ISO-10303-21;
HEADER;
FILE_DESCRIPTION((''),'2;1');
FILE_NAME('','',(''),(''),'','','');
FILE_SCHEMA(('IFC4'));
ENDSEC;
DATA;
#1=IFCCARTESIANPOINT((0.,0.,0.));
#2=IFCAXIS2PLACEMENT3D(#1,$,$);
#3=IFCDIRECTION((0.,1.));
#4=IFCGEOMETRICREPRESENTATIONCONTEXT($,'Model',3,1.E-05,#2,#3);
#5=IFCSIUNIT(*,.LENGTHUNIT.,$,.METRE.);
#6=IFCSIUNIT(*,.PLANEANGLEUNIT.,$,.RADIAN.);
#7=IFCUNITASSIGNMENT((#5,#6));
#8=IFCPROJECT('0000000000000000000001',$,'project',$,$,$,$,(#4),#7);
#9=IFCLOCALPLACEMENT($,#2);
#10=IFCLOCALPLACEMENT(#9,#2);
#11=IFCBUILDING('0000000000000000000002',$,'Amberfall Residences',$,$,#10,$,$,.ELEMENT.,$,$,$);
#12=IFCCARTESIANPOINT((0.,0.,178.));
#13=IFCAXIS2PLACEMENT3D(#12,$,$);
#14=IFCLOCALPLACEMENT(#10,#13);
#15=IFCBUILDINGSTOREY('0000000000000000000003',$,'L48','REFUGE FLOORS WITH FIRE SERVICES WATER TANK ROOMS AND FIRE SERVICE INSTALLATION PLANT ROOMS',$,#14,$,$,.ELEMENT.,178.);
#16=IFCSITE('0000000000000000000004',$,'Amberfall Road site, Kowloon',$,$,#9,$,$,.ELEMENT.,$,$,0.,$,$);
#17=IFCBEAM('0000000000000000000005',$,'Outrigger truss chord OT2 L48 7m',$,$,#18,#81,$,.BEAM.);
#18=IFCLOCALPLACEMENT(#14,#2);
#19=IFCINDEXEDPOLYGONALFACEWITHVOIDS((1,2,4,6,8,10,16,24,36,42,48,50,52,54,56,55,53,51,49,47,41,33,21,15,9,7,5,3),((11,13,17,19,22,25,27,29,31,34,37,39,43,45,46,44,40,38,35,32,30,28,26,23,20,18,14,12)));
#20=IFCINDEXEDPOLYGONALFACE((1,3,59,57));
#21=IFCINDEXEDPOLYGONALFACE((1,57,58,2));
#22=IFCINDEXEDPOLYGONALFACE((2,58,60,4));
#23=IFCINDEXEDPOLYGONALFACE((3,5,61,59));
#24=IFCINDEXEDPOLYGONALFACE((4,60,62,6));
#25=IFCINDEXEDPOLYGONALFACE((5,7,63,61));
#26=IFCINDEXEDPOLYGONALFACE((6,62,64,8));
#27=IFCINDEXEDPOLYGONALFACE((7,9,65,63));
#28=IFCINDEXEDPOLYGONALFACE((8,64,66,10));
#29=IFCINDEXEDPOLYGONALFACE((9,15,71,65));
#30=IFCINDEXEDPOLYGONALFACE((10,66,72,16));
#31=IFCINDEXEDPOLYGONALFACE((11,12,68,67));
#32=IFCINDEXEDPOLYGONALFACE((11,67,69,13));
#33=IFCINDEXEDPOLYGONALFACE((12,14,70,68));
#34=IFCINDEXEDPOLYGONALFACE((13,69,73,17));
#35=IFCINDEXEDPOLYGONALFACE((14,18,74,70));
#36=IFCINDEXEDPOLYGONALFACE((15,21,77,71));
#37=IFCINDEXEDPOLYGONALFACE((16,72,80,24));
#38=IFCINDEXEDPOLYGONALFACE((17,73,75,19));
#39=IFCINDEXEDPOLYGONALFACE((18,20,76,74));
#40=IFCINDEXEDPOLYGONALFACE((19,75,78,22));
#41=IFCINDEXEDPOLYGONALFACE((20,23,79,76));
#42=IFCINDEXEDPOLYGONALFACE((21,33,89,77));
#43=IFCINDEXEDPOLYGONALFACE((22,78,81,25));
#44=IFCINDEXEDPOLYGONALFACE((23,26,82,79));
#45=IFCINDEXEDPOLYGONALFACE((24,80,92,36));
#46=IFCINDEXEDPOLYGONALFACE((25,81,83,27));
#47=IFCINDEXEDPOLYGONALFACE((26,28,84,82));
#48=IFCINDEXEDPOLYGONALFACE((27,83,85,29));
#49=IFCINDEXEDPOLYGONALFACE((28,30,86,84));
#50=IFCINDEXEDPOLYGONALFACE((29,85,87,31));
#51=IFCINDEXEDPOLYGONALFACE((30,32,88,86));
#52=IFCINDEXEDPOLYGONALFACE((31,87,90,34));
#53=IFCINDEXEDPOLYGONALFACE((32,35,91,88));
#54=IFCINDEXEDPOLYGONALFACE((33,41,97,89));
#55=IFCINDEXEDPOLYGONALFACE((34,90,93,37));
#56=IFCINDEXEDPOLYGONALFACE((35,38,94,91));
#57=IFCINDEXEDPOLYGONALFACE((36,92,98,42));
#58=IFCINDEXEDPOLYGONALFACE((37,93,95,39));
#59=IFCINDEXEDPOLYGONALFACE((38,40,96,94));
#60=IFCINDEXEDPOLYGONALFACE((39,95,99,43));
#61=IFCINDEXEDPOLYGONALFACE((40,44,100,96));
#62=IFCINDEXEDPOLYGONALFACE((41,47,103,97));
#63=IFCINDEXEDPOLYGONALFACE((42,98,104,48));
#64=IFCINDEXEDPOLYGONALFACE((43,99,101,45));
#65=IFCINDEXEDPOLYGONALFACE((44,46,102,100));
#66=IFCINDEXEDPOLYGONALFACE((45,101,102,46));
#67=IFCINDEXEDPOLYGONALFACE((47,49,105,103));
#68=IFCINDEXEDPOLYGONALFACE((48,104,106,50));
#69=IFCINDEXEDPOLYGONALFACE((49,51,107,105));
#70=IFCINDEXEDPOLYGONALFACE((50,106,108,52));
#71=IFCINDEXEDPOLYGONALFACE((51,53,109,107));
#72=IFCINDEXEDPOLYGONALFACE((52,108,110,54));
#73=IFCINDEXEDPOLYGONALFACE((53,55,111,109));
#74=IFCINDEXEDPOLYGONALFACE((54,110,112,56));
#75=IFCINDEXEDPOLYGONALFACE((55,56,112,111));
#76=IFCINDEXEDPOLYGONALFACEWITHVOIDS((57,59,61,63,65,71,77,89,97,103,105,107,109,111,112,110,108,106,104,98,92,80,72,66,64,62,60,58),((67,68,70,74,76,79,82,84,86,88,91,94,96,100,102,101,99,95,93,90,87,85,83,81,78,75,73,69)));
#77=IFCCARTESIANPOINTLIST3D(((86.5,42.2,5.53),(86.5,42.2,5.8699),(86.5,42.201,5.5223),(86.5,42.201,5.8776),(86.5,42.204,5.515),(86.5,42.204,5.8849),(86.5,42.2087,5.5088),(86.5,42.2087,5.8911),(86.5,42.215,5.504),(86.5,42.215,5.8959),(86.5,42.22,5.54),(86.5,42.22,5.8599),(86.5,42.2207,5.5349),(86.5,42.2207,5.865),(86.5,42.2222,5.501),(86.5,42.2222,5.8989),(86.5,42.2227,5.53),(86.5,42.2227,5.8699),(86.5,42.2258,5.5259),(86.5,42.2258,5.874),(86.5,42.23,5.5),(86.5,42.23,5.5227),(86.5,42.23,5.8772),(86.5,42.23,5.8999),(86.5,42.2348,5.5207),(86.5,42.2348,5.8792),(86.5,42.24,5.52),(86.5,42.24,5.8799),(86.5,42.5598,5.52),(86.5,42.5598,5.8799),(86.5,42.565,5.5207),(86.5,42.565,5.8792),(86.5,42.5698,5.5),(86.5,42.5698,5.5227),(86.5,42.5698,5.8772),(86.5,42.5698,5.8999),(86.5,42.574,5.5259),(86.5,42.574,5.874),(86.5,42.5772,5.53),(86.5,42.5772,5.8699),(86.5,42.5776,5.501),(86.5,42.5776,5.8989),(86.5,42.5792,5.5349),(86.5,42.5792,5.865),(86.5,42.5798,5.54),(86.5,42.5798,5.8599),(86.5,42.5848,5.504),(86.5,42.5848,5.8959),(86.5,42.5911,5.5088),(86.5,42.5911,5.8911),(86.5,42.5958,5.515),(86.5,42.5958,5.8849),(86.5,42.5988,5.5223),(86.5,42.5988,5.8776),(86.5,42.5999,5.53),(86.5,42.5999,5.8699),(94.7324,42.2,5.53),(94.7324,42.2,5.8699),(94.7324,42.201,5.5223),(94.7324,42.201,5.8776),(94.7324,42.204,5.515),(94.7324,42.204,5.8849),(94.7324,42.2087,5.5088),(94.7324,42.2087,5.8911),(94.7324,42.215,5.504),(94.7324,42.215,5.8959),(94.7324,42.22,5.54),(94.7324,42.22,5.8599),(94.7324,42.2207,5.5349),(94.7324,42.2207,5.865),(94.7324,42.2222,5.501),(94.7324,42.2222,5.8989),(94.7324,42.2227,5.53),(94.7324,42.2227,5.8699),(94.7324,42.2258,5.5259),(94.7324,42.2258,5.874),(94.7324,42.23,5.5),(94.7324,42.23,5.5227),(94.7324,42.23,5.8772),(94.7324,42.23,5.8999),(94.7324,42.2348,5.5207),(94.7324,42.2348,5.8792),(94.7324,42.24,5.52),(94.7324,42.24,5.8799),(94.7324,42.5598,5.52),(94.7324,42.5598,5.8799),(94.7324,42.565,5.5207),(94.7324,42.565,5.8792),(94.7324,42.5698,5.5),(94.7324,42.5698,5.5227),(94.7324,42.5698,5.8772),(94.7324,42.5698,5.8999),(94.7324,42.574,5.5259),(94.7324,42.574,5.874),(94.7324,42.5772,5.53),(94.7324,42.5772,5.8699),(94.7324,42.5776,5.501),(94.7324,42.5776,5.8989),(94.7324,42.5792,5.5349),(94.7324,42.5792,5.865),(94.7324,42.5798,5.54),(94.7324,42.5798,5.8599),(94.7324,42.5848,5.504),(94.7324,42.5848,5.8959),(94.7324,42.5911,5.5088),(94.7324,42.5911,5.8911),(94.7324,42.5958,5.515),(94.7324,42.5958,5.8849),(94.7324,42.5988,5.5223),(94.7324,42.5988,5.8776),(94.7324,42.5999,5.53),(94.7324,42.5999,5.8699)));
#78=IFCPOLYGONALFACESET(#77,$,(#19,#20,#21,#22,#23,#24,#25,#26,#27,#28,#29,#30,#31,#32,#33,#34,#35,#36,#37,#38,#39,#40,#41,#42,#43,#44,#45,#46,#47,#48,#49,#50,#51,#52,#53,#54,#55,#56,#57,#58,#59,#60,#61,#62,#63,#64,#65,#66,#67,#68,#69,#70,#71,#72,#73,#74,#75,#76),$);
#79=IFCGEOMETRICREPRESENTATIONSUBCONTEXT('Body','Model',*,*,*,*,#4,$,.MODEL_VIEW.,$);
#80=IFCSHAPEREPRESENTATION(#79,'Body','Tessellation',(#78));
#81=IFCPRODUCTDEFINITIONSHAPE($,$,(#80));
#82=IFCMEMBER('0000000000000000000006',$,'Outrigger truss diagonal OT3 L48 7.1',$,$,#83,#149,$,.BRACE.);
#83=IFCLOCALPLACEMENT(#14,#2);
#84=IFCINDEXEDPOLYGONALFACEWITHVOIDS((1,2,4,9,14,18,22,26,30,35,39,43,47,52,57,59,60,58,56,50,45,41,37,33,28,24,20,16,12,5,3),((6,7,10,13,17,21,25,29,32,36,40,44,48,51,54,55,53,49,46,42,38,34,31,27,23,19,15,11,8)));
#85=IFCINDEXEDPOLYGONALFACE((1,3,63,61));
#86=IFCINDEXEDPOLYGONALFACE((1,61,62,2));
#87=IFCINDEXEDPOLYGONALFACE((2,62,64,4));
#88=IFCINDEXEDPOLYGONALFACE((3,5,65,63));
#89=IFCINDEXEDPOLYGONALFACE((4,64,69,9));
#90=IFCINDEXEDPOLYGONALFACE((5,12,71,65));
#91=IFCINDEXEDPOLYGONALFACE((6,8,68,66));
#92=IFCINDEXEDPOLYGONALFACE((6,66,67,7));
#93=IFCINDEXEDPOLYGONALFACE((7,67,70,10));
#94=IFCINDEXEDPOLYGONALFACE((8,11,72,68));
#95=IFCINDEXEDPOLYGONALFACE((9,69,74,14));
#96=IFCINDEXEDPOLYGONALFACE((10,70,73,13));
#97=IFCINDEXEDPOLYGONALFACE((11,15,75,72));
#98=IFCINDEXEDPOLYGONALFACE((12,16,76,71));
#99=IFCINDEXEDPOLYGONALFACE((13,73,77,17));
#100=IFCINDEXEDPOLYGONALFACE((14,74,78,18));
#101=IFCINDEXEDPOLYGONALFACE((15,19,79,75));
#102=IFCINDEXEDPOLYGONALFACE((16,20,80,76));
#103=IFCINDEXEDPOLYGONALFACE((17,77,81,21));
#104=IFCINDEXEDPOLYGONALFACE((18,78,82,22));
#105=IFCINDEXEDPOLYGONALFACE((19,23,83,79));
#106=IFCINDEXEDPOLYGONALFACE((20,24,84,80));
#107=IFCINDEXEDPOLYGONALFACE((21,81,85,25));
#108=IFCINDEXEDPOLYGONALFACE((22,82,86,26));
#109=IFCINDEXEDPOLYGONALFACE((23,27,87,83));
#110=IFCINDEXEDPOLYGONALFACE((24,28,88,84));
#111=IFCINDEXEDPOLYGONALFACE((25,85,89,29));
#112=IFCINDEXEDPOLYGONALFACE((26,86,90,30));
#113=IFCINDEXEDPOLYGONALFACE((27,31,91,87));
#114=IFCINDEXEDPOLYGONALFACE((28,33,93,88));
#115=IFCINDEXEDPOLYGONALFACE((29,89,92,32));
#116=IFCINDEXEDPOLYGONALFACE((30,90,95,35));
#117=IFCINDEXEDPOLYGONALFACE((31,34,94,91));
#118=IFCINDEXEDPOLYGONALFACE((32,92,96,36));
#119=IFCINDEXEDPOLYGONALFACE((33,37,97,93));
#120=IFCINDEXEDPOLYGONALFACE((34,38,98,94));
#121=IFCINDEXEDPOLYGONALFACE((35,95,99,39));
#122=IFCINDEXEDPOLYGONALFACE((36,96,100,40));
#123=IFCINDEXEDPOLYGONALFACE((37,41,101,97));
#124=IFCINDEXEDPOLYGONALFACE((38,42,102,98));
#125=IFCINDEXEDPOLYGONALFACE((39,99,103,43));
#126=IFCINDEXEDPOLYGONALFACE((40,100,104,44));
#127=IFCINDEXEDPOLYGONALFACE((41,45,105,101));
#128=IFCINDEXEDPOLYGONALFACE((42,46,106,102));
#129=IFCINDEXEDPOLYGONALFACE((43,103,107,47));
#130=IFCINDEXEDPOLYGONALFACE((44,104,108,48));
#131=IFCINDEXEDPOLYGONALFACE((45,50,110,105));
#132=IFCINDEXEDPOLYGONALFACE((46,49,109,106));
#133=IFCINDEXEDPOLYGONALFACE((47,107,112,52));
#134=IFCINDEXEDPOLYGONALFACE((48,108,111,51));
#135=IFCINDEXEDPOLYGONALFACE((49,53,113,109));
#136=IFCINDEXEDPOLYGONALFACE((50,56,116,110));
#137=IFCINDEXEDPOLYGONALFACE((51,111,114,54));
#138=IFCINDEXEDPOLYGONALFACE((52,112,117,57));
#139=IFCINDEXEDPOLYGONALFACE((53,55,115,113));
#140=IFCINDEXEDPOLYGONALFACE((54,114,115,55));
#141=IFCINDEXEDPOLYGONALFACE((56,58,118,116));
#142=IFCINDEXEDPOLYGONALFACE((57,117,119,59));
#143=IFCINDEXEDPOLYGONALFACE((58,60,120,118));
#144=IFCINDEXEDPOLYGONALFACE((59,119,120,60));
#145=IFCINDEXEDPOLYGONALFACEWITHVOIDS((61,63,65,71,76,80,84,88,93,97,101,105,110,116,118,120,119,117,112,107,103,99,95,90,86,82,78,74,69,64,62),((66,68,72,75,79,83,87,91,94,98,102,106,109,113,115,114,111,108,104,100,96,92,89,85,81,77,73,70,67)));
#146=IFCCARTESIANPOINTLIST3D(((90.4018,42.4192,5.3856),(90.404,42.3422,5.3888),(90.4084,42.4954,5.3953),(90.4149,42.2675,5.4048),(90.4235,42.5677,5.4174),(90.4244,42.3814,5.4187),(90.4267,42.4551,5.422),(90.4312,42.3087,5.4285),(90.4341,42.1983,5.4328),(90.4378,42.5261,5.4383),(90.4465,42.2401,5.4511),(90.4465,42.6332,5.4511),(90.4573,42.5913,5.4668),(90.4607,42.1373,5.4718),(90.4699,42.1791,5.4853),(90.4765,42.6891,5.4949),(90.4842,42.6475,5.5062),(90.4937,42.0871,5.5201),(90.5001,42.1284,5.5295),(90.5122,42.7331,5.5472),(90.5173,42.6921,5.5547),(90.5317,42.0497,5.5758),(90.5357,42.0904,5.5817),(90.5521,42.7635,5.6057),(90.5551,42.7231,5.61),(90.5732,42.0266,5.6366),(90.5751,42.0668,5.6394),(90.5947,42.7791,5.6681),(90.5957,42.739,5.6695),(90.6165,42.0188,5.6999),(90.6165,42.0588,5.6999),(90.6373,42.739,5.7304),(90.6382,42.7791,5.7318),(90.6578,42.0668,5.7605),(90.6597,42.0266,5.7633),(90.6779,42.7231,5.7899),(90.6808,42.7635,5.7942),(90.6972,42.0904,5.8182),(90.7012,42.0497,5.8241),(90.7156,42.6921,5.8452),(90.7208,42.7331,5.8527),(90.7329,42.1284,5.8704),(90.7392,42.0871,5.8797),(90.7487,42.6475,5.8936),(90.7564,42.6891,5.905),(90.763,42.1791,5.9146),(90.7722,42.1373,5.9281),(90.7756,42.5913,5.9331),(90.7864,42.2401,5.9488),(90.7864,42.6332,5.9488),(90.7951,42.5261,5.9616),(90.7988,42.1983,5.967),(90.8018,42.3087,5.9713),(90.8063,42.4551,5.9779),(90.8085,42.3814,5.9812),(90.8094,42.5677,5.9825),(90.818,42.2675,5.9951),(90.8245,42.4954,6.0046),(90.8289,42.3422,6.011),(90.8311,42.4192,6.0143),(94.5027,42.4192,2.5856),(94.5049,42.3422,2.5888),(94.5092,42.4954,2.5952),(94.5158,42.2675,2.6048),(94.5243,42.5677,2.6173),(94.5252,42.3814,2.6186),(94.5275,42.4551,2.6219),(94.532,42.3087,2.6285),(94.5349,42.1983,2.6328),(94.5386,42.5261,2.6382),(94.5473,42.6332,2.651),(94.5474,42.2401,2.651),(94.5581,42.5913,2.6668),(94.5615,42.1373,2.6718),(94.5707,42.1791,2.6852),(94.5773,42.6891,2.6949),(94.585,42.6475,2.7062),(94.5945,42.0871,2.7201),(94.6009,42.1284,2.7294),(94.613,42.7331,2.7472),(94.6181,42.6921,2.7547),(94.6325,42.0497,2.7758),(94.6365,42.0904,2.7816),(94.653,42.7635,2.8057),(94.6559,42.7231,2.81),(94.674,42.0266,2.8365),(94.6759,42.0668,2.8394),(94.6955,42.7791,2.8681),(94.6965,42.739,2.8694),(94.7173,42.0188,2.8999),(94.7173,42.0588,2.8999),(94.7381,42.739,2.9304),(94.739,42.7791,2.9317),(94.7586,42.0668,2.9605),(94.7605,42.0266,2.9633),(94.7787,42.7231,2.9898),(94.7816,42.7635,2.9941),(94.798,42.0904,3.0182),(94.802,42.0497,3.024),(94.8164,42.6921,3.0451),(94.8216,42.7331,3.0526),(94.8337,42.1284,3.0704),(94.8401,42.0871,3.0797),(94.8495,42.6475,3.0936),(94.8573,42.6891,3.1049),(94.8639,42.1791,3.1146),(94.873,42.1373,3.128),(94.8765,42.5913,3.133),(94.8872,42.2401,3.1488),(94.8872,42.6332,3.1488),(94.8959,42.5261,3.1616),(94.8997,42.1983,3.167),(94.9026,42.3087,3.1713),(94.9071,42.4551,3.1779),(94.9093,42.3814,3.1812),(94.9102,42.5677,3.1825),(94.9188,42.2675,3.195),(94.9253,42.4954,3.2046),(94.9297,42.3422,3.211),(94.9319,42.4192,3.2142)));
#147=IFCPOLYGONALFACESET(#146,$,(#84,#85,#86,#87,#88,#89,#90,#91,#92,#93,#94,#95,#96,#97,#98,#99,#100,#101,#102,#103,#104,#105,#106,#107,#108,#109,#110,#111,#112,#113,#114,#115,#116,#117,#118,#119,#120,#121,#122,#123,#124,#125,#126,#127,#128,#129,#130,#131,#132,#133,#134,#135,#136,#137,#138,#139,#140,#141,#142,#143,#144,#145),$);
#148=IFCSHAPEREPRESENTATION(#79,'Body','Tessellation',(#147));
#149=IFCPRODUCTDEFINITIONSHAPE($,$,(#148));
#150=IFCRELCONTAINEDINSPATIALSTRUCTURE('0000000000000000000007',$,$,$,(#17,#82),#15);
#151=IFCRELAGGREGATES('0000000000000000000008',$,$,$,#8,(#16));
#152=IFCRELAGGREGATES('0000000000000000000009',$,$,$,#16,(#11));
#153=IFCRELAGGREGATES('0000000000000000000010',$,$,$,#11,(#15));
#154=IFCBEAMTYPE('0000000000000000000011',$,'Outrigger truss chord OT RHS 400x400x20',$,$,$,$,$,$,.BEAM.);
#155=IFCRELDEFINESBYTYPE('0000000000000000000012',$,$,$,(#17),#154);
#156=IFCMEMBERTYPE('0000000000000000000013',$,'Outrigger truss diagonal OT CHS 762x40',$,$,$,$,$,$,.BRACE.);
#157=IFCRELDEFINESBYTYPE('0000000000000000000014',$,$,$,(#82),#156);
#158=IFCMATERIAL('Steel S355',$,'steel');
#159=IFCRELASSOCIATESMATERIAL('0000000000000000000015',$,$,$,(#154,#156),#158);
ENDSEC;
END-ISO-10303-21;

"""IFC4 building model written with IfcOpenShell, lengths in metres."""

from ifc_helpers import new_model, si_unit, direction, frame, origin, origin_2d, place, context, subcontext, project, spatial, hollow_rectangle, hollow_circle, extrude, material, material_profile, profile_set, type_object, element, save


model = new_model("IFC4")

# Units and contexts
model_context = context("Model", 3, precision=1e-05, world=origin(), true_north=direction((0.0, 1.0)))
body_context = subcontext(model_context, "Body", "Model", "MODEL_VIEW")
ifc_project = project(units=[si_unit("LENGTHUNIT", "METRE"), si_unit("PLANEANGLEUNIT", "RADIAN")], contexts=[model_context])

# Site, building, storey
site_placement = place(None, origin())
site = spatial("IfcSite", under=ifc_project, at=site_placement, Name="Amberfall Road site, Kowloon", CompositionType="ELEMENT", RefElevation=0.0)
building_placement = place(site_placement, origin())
building = spatial("IfcBuilding", under=site, at=building_placement, Name="Amberfall Residences", CompositionType="ELEMENT")
storey_placement = place(building_placement, frame((0.0, 0.0, 178.0)))
storey = spatial("IfcBuildingStorey", under=building, at=storey_placement, Name="L48", Description="REFUGE FLOORS WITH FIRE SERVICES WATER TANK ROOMS AND FIRE SERVICE INSTALLATION PLANT ROOMS", CompositionType="ELEMENT", Elevation=178.0)

# Shared definitions
ifc_material_1 = material(Name="Steel S355", Category="steel")

# Beam
ifc_material_profile_1 = material_profile(ifc_material_1, hollow_rectangle(XDim=0.3999, YDim=0.3999, WallThickness=0.02, InnerFilletRadius=0.02, OuterFilletRadius=0.03, at=origin_2d()), Name="RHS 400x400x20")
ifc_profile_set_1 = profile_set([ifc_material_profile_1], Name="Steel S355")
beam_type_1 = type_object("IfcBeamType", Name="Outrigger truss chord OT RHS 400x400x20", PredefinedType="BEAM", material=ifc_profile_set_1)
beam_1_placement = place(storey_placement, frame((94.7324, 42.3999, 5.7), z_axis=(-1.0, 0.0, 0.0), x_axis=(0.0, -1.0, 0.0)))
element("IfcBeam", 1, at=beam_1_placement, inside=storey, type_object=beam_type_1, Name="Outrigger truss chord OT2 L48 7m", PredefinedType="BEAM", context=body_context, shape_type="SweptSolid", body=[
    extrude(hollow_rectangle(XDim=0.3999, YDim=0.3999, WallThickness=0.02, InnerFilletRadius=0.02, OuterFilletRadius=0.03, at=origin_2d()), origin(), (0.0, 0.0, 1.0), 8.2324),
])

# Member
ifc_material_profile_2 = material_profile(ifc_material_1, hollow_circle(Radius=0.3811, WallThickness=0.04, at=origin_2d()), Name="CHS 762x40")
ifc_profile_set_2 = profile_set([ifc_material_profile_2], Name="Steel S355")
member_type_1 = type_object("IfcMemberType", Name="Outrigger truss diagonal OT CHS 762x40", PredefinedType="BRACE", material=ifc_profile_set_2)
member_1_placement = place(storey_placement, frame((94.7173, 42.3999, 2.8999), z_axis=(-0.82585, 0.0, 0.56389), x_axis=(0.0, -1.0, 0.0)))
element("IfcMember", 2, at=member_1_placement, inside=storey, type_object=member_type_1, Name="Outrigger truss diagonal OT3 L48 7.1", PredefinedType="BRACE", context=body_context, shape_type="SweptSolid", body=[
    extrude(hollow_circle(Radius=0.3811, WallThickness=0.04, at=origin_2d()), origin(), (0.0, 0.0, 1.0), 4.9656),
])

save(model, "model.ifc")
